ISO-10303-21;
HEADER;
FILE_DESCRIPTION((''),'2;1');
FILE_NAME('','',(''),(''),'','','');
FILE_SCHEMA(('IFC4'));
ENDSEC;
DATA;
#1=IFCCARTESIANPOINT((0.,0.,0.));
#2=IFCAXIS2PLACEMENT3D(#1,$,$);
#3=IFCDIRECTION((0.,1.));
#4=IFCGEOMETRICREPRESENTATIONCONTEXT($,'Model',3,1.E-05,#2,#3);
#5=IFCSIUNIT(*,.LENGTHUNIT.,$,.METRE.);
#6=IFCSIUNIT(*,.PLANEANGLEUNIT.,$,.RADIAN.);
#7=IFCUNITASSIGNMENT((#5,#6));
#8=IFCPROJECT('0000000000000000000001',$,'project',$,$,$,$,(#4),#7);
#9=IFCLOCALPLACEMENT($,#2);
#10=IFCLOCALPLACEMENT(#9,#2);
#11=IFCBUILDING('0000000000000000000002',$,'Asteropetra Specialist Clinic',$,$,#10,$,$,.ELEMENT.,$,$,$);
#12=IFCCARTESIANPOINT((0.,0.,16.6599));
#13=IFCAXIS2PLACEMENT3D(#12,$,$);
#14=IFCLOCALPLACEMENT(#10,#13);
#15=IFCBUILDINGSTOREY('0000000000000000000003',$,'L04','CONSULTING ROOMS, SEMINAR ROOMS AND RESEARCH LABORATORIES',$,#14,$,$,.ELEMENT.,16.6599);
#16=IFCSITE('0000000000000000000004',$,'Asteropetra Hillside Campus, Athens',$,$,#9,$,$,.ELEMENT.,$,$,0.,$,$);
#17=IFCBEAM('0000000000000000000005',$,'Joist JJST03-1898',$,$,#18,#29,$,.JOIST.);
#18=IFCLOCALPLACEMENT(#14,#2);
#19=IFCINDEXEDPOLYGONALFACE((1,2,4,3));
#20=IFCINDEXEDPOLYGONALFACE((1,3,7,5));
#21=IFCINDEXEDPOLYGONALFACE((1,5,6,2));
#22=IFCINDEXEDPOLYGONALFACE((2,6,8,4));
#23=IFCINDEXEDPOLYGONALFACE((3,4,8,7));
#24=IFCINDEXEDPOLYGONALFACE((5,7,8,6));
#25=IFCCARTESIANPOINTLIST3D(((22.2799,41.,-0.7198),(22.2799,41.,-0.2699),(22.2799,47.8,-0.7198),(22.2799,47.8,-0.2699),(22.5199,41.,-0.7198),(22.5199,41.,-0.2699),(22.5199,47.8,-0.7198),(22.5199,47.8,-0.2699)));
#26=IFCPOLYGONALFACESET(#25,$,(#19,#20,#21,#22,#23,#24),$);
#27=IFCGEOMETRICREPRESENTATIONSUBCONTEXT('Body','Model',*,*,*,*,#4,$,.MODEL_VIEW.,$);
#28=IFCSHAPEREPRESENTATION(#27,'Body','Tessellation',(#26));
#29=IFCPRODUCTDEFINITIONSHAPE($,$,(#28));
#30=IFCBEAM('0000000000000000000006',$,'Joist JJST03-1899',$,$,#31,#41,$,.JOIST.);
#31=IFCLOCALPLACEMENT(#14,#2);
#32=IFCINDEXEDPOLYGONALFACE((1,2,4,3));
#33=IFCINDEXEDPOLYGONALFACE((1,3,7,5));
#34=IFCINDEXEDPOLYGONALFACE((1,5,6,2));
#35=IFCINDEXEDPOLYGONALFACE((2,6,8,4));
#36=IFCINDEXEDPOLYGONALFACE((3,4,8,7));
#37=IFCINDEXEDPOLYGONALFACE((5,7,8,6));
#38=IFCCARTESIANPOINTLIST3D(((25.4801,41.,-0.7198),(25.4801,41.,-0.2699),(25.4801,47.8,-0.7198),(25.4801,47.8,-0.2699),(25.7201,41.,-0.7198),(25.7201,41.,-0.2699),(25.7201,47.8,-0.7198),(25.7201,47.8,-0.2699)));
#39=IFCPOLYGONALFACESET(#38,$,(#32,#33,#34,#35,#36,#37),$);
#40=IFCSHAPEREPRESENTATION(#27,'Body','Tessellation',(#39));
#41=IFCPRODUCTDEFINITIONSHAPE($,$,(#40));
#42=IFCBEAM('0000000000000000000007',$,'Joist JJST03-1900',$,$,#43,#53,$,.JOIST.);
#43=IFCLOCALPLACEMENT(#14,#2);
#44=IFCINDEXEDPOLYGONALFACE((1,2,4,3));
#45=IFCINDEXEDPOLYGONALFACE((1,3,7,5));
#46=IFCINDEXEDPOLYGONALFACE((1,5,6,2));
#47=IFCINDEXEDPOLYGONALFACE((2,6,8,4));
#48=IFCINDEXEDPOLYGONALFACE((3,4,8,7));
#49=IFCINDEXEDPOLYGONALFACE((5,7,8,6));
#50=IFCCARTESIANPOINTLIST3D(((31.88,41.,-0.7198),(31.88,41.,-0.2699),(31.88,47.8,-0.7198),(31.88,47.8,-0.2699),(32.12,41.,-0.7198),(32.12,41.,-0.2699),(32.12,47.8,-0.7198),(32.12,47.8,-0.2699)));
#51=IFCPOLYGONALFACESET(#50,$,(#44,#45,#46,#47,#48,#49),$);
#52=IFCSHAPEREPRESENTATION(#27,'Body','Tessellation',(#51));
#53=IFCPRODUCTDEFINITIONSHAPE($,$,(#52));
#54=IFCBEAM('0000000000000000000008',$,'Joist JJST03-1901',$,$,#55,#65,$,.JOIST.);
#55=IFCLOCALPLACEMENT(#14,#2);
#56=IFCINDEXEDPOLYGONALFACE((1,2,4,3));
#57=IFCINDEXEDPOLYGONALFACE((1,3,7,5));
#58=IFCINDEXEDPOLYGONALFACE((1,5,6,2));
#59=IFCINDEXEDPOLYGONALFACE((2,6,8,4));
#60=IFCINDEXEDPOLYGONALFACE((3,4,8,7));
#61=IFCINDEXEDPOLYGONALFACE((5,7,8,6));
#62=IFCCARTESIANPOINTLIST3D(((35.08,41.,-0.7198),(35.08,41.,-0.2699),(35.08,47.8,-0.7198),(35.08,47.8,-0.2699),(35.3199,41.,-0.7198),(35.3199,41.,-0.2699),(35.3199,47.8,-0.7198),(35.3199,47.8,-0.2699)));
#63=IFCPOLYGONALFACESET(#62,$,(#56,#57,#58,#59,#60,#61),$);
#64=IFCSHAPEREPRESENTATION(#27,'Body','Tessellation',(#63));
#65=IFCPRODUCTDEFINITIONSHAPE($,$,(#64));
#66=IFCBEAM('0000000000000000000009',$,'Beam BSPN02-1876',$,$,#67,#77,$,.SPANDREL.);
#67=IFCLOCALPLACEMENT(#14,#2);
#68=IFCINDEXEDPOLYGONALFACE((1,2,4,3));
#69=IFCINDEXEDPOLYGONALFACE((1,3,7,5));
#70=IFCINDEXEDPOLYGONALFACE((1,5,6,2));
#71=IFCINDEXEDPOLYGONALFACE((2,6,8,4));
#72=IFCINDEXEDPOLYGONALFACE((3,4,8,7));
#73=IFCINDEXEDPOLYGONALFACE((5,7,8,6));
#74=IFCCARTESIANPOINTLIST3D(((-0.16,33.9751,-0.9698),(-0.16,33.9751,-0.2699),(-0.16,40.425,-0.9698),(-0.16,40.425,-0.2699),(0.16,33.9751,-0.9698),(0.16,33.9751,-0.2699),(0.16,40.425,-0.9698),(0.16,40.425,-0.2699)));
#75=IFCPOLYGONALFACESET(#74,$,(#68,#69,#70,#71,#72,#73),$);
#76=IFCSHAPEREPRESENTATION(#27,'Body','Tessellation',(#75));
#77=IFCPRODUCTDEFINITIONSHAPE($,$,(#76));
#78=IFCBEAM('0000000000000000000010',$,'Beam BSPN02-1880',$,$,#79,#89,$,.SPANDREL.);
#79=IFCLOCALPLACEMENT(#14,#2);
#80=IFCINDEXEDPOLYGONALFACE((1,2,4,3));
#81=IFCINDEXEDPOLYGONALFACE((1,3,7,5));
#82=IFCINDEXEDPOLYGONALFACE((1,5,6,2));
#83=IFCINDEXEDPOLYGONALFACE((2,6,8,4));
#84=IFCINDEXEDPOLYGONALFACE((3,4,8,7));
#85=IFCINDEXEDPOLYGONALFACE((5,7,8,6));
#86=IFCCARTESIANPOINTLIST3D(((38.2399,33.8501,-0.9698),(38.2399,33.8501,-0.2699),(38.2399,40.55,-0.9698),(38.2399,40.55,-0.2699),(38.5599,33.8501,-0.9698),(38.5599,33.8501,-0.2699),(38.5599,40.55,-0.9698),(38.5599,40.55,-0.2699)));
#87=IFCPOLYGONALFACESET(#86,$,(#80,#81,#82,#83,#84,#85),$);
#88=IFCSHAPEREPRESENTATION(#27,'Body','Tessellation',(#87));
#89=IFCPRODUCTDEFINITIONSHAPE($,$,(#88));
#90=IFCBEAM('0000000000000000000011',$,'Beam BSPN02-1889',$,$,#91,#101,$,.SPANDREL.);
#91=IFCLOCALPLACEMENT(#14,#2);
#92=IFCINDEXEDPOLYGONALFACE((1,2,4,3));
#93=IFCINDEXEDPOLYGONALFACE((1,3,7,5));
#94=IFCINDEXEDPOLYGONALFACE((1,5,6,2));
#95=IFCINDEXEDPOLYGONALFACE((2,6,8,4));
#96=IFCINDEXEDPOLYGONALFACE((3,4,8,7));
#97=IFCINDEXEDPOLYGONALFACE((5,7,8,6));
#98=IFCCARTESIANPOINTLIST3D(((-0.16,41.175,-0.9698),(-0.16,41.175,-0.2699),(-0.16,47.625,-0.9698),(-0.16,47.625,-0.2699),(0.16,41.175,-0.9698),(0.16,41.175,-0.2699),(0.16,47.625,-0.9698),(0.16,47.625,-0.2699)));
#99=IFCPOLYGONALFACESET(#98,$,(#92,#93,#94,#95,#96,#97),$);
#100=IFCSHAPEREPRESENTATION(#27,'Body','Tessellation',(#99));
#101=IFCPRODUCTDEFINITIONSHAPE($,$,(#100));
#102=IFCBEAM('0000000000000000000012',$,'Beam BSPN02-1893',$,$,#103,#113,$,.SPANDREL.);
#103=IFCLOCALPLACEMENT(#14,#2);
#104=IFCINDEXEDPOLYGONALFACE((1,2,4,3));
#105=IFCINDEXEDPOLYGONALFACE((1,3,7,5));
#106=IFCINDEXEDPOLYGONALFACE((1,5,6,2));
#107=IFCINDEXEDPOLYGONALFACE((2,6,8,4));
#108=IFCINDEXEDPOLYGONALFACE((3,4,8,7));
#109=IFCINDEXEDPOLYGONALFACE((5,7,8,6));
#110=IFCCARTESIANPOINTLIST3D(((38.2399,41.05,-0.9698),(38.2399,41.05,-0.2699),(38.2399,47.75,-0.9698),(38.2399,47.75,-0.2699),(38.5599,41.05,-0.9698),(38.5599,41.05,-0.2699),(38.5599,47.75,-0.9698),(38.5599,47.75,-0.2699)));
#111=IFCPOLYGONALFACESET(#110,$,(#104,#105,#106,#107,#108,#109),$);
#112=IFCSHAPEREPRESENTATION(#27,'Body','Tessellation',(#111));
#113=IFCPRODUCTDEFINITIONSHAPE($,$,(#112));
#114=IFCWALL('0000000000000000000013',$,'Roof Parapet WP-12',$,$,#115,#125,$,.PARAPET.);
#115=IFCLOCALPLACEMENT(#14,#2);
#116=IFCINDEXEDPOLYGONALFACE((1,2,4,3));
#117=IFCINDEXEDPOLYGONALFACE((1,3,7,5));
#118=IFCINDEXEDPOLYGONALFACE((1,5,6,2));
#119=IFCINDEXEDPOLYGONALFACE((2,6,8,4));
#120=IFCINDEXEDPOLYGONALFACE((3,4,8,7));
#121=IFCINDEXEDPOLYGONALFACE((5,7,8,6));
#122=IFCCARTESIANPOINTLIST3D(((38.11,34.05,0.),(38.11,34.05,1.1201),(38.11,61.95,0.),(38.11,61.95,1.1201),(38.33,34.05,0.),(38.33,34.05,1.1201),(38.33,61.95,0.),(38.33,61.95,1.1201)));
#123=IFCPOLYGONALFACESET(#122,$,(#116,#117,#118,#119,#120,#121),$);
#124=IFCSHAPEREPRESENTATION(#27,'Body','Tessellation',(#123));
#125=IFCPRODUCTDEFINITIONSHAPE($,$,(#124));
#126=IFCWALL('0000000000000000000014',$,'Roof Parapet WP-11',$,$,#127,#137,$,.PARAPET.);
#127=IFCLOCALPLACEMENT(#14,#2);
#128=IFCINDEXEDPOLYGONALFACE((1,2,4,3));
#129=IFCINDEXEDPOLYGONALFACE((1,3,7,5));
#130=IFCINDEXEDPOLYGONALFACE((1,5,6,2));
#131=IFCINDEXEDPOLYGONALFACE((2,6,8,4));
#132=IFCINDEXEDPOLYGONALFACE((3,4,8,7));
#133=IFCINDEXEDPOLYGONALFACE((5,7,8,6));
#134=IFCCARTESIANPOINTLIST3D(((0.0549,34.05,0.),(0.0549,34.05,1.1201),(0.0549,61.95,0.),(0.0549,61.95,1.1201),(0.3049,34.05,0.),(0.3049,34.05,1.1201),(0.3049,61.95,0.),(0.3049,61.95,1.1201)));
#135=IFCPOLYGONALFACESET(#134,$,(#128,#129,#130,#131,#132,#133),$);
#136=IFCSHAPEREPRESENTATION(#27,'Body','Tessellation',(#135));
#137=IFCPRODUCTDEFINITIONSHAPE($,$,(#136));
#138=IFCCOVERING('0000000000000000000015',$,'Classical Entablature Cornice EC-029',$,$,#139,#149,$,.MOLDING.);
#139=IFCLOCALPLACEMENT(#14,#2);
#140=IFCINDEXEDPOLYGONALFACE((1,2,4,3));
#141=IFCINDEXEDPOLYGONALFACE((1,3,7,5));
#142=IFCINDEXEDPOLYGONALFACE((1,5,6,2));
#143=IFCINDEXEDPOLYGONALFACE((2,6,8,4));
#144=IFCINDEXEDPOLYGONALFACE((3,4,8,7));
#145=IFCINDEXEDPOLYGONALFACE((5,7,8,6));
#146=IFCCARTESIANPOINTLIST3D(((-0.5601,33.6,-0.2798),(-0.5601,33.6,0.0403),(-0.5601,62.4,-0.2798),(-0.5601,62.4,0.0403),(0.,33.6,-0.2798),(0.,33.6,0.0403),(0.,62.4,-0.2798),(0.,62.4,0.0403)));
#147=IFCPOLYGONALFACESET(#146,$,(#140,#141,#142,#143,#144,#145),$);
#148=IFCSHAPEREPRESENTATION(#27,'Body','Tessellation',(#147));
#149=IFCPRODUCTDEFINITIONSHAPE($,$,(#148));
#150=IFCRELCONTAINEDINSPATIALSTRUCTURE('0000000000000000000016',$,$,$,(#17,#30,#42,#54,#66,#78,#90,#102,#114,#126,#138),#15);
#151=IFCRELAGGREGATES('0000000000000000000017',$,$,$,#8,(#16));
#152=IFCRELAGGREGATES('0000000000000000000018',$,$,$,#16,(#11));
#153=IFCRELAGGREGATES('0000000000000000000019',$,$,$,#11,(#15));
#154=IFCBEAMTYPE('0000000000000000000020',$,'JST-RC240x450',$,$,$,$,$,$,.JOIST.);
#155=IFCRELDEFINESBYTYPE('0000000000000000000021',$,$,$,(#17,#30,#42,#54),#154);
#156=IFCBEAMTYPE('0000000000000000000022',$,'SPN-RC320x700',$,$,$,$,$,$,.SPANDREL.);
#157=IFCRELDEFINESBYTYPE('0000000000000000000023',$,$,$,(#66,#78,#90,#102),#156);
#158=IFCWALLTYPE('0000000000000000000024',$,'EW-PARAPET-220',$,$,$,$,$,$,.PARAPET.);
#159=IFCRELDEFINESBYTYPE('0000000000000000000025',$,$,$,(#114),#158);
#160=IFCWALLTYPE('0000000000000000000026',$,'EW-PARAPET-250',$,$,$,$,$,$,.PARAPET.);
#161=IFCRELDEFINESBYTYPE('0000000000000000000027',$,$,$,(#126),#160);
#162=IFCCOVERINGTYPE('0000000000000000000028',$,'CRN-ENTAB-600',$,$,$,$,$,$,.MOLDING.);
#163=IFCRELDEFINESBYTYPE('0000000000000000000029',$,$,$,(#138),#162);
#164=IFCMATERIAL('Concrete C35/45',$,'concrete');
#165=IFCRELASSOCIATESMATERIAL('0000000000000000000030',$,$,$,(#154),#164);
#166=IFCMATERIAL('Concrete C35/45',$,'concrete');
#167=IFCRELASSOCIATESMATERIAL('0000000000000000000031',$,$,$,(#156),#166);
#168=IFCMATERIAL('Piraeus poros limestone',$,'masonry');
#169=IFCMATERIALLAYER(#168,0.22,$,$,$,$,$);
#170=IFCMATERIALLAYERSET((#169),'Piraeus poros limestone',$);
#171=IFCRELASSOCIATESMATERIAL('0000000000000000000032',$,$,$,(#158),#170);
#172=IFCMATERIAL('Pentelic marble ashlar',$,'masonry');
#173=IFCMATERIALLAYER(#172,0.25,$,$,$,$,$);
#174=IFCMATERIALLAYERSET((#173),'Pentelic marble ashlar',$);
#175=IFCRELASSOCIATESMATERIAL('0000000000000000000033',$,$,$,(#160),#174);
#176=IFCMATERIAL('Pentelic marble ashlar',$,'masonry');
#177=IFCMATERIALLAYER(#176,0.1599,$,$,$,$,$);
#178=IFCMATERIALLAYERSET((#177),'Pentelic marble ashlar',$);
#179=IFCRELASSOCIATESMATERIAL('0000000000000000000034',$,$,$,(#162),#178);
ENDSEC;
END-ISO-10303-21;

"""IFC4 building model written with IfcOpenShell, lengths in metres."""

from ifc_helpers import new_model, si_unit, direction, frame, frame_2d, origin, origin_2d, place, context, subcontext, project, spatial, rectangle, extrude, material, layer, layer_set, material_profile, profile_set, type_object, element, save


model = new_model("IFC4")

# Units and contexts
model_context = context("Model", 3, precision=1e-05, world=origin(), true_north=direction((0.0, 1.0)))
body_context = subcontext(model_context, "Body", "Model", "MODEL_VIEW")
ifc_project = project(units=[si_unit("LENGTHUNIT", "METRE"), si_unit("PLANEANGLEUNIT", "RADIAN")], contexts=[model_context])

# Site, building, storey
site_placement = place(None, origin())
site = spatial("IfcSite", under=ifc_project, at=site_placement, Name="Asteropetra Hillside Campus, Athens", CompositionType="ELEMENT", RefElevation=0.0)
building_placement = place(site_placement, origin())
building = spatial("IfcBuilding", under=site, at=building_placement, Name="Asteropetra Specialist Clinic", CompositionType="ELEMENT")
storey_placement = place(building_placement, frame((0.0, 0.0, 16.6599)))
storey = spatial("IfcBuildingStorey", under=building, at=storey_placement, Name="L04", Description="CONSULTING ROOMS, SEMINAR ROOMS AND RESEARCH LABORATORIES", CompositionType="ELEMENT", Elevation=16.6599)

# Beams
ifc_material_1 = material(Name="Concrete C35/45", Category="concrete")
ifc_material_profile_1 = material_profile(ifc_material_1, rectangle(XDim=0.24, YDim=0.45, at=origin_2d()), Name="RCJ 240x450")
ifc_profile_set_1 = profile_set([ifc_material_profile_1], Name="Concrete C35/45")
beam_type_1 = type_object("IfcBeamType", Name="JST-RC240x450", PredefinedType="JOIST", material=ifc_profile_set_1)
for number, where, z_axis, x_axis, name in (
    (1, (22.3999, 41.0, -0.4949), (0.0, 1.0, 0.0), (-1.0, 0.0, 0.0), "Joist JJST03-1898"),
    (2, (25.6001, 41.0, -0.4949), (0.0, 1.0, 0.0), (-1.0, 0.0, 0.0), "Joist JJST03-1899"),
    (3, (32.0, 41.0, -0.4949), (0.0, 1.0, 0.0), (-1.0, 0.0, 0.0), "Joist JJST03-1900"),
    (4, (35.2, 41.0, -0.4949), (0.0, 1.0, 0.0), (-1.0, 0.0, 0.0), "Joist JJST03-1901"),
):
    element("IfcBeam", number, at=place(storey_placement, frame(where, z_axis=z_axis, x_axis=x_axis)), inside=storey, type_object=beam_type_1, Name=name, PredefinedType="JOIST", context=body_context, shape_type="SweptSolid", body=[
        extrude(rectangle(XDim=0.24, YDim=0.45, at=origin_2d()), origin(), (0.0, 0.0, 1.0), 6.8),
    ])
ifc_material_2 = material(Name="Concrete C35/45", Category="concrete")
ifc_material_profile_2 = material_profile(ifc_material_2, rectangle(XDim=0.3201, YDim=0.7, at=origin_2d()), Name="RCS 320x700")
ifc_profile_set_2 = profile_set([ifc_material_profile_2], Name="Concrete C35/45")
beam_type_2 = type_object("IfcBeamType", Name="SPN-RC320x700", PredefinedType="SPANDREL", material=ifc_profile_set_2)
beam_1_placement = place(storey_placement, frame((0.0, 33.9751, -0.6199), z_axis=(0.0, 1.0, 0.0), x_axis=(-1.0, 0.0, 0.0)))
element("IfcBeam", 5, at=beam_1_placement, inside=storey, type_object=beam_type_2, Name="Beam BSPN02-1876", PredefinedType="SPANDREL", context=body_context, shape_type="SweptSolid", body=[
    extrude(rectangle(XDim=0.3201, YDim=0.7, at=origin_2d()), origin(), (0.0, 0.0, 1.0), 6.45),
])
beam_2_placement = place(storey_placement, frame((38.3999, 33.8501, -0.6199), z_axis=(0.0, 1.0, 0.0), x_axis=(-1.0, 0.0, 0.0)))
element("IfcBeam", 6, at=beam_2_placement, inside=storey, type_object=beam_type_2, Name="Beam BSPN02-1880", PredefinedType="SPANDREL", context=body_context, shape_type="SweptSolid", body=[
    extrude(rectangle(XDim=0.3201, YDim=0.7, at=origin_2d()), origin(), (0.0, 0.0, 1.0), 6.7),
])
beam_3_placement = place(storey_placement, frame((0.0, 41.175, -0.6199), z_axis=(0.0, 1.0, 0.0), x_axis=(-1.0, 0.0, 0.0)))
element("IfcBeam", 7, at=beam_3_placement, inside=storey, type_object=beam_type_2, Name="Beam BSPN02-1889", PredefinedType="SPANDREL", context=body_context, shape_type="SweptSolid", body=[
    extrude(rectangle(XDim=0.3201, YDim=0.7, at=origin_2d()), origin(), (0.0, 0.0, 1.0), 6.45),
])
beam_4_placement = place(storey_placement, frame((38.3999, 41.05, -0.6199), z_axis=(0.0, 1.0, 0.0), x_axis=(-1.0, 0.0, 0.0)))
element("IfcBeam", 8, at=beam_4_placement, inside=storey, type_object=beam_type_2, Name="Beam BSPN02-1893", PredefinedType="SPANDREL", context=body_context, shape_type="SweptSolid", body=[
    extrude(rectangle(XDim=0.3201, YDim=0.7, at=origin_2d()), origin(), (0.0, 0.0, 1.0), 6.7),
])

# Walls
ifc_material_3 = material(Name="Piraeus poros limestone", Category="masonry")
ifc_layer_1 = layer(ifc_material_3, 0.22)
ifc_layer_set_1 = layer_set([ifc_layer_1], Name="Piraeus poros limestone")
wall_type_1 = type_object("IfcWallType", Name="EW-PARAPET-220", PredefinedType="PARAPET", material=ifc_layer_set_1)
wall_1_placement = place(storey_placement, frame((38.22, 34.05, 0.0), z_axis=(0.0, 0.0, 1.0), x_axis=(0.0, 1.0, 0.0)))
element("IfcWall", 9, at=wall_1_placement, inside=storey, type_object=wall_type_1, Name="Roof Parapet WP-12", PredefinedType="PARAPET", context=body_context, shape_type="SweptSolid", body=[
    extrude(rectangle(XDim=27.8999, YDim=0.22, at=frame_2d((13.95, 0.0))), origin(), (0.0, 0.0, 1.0), 1.1201),
])
ifc_material_4 = material(Name="Pentelic marble ashlar", Category="masonry")
ifc_layer_2 = layer(ifc_material_4, 0.25)
ifc_layer_set_2 = layer_set([ifc_layer_2], Name="Pentelic marble ashlar")
wall_type_2 = type_object("IfcWallType", Name="EW-PARAPET-250", PredefinedType="PARAPET", material=ifc_layer_set_2)
wall_2_placement = place(storey_placement, frame((0.1799, 34.05, 0.0), z_axis=(0.0, 0.0, 1.0), x_axis=(0.0, 1.0, 0.0)))
element("IfcWall", 10, at=wall_2_placement, inside=storey, type_object=wall_type_2, Name="Roof Parapet WP-11", PredefinedType="PARAPET", context=body_context, shape_type="SweptSolid", body=[
    extrude(rectangle(XDim=27.8999, YDim=0.25, at=frame_2d((13.95, 0.0))), origin(), (0.0, 0.0, 1.0), 1.1201),
])

# Covering
ifc_material_5 = material(Name="Pentelic marble ashlar", Category="masonry")
ifc_layer_3 = layer(ifc_material_5, 0.1599)
ifc_layer_set_3 = layer_set([ifc_layer_3], Name="Pentelic marble ashlar")
covering_type = type_object("IfcCoveringType", Name="CRN-ENTAB-600", PredefinedType="MOLDING", material=ifc_layer_set_3)
covering_placement = place(storey_placement, frame((-0.28, 48.0, -0.2798), z_axis=(0.0, 0.0, 1.0), x_axis=(1.0, 0.0, 0.0)))
element("IfcCovering", 11, at=covering_placement, inside=storey, type_object=covering_type, Name="Classical Entablature Cornice EC-029", PredefinedType="MOLDING", context=body_context, shape_type="SweptSolid", body=[
    extrude(rectangle(XDim=0.5601, YDim=28.8, at=origin_2d()), origin(), (0.0, 0.0, 1.0), 0.3201),
])

save(model, "model.ifc")
